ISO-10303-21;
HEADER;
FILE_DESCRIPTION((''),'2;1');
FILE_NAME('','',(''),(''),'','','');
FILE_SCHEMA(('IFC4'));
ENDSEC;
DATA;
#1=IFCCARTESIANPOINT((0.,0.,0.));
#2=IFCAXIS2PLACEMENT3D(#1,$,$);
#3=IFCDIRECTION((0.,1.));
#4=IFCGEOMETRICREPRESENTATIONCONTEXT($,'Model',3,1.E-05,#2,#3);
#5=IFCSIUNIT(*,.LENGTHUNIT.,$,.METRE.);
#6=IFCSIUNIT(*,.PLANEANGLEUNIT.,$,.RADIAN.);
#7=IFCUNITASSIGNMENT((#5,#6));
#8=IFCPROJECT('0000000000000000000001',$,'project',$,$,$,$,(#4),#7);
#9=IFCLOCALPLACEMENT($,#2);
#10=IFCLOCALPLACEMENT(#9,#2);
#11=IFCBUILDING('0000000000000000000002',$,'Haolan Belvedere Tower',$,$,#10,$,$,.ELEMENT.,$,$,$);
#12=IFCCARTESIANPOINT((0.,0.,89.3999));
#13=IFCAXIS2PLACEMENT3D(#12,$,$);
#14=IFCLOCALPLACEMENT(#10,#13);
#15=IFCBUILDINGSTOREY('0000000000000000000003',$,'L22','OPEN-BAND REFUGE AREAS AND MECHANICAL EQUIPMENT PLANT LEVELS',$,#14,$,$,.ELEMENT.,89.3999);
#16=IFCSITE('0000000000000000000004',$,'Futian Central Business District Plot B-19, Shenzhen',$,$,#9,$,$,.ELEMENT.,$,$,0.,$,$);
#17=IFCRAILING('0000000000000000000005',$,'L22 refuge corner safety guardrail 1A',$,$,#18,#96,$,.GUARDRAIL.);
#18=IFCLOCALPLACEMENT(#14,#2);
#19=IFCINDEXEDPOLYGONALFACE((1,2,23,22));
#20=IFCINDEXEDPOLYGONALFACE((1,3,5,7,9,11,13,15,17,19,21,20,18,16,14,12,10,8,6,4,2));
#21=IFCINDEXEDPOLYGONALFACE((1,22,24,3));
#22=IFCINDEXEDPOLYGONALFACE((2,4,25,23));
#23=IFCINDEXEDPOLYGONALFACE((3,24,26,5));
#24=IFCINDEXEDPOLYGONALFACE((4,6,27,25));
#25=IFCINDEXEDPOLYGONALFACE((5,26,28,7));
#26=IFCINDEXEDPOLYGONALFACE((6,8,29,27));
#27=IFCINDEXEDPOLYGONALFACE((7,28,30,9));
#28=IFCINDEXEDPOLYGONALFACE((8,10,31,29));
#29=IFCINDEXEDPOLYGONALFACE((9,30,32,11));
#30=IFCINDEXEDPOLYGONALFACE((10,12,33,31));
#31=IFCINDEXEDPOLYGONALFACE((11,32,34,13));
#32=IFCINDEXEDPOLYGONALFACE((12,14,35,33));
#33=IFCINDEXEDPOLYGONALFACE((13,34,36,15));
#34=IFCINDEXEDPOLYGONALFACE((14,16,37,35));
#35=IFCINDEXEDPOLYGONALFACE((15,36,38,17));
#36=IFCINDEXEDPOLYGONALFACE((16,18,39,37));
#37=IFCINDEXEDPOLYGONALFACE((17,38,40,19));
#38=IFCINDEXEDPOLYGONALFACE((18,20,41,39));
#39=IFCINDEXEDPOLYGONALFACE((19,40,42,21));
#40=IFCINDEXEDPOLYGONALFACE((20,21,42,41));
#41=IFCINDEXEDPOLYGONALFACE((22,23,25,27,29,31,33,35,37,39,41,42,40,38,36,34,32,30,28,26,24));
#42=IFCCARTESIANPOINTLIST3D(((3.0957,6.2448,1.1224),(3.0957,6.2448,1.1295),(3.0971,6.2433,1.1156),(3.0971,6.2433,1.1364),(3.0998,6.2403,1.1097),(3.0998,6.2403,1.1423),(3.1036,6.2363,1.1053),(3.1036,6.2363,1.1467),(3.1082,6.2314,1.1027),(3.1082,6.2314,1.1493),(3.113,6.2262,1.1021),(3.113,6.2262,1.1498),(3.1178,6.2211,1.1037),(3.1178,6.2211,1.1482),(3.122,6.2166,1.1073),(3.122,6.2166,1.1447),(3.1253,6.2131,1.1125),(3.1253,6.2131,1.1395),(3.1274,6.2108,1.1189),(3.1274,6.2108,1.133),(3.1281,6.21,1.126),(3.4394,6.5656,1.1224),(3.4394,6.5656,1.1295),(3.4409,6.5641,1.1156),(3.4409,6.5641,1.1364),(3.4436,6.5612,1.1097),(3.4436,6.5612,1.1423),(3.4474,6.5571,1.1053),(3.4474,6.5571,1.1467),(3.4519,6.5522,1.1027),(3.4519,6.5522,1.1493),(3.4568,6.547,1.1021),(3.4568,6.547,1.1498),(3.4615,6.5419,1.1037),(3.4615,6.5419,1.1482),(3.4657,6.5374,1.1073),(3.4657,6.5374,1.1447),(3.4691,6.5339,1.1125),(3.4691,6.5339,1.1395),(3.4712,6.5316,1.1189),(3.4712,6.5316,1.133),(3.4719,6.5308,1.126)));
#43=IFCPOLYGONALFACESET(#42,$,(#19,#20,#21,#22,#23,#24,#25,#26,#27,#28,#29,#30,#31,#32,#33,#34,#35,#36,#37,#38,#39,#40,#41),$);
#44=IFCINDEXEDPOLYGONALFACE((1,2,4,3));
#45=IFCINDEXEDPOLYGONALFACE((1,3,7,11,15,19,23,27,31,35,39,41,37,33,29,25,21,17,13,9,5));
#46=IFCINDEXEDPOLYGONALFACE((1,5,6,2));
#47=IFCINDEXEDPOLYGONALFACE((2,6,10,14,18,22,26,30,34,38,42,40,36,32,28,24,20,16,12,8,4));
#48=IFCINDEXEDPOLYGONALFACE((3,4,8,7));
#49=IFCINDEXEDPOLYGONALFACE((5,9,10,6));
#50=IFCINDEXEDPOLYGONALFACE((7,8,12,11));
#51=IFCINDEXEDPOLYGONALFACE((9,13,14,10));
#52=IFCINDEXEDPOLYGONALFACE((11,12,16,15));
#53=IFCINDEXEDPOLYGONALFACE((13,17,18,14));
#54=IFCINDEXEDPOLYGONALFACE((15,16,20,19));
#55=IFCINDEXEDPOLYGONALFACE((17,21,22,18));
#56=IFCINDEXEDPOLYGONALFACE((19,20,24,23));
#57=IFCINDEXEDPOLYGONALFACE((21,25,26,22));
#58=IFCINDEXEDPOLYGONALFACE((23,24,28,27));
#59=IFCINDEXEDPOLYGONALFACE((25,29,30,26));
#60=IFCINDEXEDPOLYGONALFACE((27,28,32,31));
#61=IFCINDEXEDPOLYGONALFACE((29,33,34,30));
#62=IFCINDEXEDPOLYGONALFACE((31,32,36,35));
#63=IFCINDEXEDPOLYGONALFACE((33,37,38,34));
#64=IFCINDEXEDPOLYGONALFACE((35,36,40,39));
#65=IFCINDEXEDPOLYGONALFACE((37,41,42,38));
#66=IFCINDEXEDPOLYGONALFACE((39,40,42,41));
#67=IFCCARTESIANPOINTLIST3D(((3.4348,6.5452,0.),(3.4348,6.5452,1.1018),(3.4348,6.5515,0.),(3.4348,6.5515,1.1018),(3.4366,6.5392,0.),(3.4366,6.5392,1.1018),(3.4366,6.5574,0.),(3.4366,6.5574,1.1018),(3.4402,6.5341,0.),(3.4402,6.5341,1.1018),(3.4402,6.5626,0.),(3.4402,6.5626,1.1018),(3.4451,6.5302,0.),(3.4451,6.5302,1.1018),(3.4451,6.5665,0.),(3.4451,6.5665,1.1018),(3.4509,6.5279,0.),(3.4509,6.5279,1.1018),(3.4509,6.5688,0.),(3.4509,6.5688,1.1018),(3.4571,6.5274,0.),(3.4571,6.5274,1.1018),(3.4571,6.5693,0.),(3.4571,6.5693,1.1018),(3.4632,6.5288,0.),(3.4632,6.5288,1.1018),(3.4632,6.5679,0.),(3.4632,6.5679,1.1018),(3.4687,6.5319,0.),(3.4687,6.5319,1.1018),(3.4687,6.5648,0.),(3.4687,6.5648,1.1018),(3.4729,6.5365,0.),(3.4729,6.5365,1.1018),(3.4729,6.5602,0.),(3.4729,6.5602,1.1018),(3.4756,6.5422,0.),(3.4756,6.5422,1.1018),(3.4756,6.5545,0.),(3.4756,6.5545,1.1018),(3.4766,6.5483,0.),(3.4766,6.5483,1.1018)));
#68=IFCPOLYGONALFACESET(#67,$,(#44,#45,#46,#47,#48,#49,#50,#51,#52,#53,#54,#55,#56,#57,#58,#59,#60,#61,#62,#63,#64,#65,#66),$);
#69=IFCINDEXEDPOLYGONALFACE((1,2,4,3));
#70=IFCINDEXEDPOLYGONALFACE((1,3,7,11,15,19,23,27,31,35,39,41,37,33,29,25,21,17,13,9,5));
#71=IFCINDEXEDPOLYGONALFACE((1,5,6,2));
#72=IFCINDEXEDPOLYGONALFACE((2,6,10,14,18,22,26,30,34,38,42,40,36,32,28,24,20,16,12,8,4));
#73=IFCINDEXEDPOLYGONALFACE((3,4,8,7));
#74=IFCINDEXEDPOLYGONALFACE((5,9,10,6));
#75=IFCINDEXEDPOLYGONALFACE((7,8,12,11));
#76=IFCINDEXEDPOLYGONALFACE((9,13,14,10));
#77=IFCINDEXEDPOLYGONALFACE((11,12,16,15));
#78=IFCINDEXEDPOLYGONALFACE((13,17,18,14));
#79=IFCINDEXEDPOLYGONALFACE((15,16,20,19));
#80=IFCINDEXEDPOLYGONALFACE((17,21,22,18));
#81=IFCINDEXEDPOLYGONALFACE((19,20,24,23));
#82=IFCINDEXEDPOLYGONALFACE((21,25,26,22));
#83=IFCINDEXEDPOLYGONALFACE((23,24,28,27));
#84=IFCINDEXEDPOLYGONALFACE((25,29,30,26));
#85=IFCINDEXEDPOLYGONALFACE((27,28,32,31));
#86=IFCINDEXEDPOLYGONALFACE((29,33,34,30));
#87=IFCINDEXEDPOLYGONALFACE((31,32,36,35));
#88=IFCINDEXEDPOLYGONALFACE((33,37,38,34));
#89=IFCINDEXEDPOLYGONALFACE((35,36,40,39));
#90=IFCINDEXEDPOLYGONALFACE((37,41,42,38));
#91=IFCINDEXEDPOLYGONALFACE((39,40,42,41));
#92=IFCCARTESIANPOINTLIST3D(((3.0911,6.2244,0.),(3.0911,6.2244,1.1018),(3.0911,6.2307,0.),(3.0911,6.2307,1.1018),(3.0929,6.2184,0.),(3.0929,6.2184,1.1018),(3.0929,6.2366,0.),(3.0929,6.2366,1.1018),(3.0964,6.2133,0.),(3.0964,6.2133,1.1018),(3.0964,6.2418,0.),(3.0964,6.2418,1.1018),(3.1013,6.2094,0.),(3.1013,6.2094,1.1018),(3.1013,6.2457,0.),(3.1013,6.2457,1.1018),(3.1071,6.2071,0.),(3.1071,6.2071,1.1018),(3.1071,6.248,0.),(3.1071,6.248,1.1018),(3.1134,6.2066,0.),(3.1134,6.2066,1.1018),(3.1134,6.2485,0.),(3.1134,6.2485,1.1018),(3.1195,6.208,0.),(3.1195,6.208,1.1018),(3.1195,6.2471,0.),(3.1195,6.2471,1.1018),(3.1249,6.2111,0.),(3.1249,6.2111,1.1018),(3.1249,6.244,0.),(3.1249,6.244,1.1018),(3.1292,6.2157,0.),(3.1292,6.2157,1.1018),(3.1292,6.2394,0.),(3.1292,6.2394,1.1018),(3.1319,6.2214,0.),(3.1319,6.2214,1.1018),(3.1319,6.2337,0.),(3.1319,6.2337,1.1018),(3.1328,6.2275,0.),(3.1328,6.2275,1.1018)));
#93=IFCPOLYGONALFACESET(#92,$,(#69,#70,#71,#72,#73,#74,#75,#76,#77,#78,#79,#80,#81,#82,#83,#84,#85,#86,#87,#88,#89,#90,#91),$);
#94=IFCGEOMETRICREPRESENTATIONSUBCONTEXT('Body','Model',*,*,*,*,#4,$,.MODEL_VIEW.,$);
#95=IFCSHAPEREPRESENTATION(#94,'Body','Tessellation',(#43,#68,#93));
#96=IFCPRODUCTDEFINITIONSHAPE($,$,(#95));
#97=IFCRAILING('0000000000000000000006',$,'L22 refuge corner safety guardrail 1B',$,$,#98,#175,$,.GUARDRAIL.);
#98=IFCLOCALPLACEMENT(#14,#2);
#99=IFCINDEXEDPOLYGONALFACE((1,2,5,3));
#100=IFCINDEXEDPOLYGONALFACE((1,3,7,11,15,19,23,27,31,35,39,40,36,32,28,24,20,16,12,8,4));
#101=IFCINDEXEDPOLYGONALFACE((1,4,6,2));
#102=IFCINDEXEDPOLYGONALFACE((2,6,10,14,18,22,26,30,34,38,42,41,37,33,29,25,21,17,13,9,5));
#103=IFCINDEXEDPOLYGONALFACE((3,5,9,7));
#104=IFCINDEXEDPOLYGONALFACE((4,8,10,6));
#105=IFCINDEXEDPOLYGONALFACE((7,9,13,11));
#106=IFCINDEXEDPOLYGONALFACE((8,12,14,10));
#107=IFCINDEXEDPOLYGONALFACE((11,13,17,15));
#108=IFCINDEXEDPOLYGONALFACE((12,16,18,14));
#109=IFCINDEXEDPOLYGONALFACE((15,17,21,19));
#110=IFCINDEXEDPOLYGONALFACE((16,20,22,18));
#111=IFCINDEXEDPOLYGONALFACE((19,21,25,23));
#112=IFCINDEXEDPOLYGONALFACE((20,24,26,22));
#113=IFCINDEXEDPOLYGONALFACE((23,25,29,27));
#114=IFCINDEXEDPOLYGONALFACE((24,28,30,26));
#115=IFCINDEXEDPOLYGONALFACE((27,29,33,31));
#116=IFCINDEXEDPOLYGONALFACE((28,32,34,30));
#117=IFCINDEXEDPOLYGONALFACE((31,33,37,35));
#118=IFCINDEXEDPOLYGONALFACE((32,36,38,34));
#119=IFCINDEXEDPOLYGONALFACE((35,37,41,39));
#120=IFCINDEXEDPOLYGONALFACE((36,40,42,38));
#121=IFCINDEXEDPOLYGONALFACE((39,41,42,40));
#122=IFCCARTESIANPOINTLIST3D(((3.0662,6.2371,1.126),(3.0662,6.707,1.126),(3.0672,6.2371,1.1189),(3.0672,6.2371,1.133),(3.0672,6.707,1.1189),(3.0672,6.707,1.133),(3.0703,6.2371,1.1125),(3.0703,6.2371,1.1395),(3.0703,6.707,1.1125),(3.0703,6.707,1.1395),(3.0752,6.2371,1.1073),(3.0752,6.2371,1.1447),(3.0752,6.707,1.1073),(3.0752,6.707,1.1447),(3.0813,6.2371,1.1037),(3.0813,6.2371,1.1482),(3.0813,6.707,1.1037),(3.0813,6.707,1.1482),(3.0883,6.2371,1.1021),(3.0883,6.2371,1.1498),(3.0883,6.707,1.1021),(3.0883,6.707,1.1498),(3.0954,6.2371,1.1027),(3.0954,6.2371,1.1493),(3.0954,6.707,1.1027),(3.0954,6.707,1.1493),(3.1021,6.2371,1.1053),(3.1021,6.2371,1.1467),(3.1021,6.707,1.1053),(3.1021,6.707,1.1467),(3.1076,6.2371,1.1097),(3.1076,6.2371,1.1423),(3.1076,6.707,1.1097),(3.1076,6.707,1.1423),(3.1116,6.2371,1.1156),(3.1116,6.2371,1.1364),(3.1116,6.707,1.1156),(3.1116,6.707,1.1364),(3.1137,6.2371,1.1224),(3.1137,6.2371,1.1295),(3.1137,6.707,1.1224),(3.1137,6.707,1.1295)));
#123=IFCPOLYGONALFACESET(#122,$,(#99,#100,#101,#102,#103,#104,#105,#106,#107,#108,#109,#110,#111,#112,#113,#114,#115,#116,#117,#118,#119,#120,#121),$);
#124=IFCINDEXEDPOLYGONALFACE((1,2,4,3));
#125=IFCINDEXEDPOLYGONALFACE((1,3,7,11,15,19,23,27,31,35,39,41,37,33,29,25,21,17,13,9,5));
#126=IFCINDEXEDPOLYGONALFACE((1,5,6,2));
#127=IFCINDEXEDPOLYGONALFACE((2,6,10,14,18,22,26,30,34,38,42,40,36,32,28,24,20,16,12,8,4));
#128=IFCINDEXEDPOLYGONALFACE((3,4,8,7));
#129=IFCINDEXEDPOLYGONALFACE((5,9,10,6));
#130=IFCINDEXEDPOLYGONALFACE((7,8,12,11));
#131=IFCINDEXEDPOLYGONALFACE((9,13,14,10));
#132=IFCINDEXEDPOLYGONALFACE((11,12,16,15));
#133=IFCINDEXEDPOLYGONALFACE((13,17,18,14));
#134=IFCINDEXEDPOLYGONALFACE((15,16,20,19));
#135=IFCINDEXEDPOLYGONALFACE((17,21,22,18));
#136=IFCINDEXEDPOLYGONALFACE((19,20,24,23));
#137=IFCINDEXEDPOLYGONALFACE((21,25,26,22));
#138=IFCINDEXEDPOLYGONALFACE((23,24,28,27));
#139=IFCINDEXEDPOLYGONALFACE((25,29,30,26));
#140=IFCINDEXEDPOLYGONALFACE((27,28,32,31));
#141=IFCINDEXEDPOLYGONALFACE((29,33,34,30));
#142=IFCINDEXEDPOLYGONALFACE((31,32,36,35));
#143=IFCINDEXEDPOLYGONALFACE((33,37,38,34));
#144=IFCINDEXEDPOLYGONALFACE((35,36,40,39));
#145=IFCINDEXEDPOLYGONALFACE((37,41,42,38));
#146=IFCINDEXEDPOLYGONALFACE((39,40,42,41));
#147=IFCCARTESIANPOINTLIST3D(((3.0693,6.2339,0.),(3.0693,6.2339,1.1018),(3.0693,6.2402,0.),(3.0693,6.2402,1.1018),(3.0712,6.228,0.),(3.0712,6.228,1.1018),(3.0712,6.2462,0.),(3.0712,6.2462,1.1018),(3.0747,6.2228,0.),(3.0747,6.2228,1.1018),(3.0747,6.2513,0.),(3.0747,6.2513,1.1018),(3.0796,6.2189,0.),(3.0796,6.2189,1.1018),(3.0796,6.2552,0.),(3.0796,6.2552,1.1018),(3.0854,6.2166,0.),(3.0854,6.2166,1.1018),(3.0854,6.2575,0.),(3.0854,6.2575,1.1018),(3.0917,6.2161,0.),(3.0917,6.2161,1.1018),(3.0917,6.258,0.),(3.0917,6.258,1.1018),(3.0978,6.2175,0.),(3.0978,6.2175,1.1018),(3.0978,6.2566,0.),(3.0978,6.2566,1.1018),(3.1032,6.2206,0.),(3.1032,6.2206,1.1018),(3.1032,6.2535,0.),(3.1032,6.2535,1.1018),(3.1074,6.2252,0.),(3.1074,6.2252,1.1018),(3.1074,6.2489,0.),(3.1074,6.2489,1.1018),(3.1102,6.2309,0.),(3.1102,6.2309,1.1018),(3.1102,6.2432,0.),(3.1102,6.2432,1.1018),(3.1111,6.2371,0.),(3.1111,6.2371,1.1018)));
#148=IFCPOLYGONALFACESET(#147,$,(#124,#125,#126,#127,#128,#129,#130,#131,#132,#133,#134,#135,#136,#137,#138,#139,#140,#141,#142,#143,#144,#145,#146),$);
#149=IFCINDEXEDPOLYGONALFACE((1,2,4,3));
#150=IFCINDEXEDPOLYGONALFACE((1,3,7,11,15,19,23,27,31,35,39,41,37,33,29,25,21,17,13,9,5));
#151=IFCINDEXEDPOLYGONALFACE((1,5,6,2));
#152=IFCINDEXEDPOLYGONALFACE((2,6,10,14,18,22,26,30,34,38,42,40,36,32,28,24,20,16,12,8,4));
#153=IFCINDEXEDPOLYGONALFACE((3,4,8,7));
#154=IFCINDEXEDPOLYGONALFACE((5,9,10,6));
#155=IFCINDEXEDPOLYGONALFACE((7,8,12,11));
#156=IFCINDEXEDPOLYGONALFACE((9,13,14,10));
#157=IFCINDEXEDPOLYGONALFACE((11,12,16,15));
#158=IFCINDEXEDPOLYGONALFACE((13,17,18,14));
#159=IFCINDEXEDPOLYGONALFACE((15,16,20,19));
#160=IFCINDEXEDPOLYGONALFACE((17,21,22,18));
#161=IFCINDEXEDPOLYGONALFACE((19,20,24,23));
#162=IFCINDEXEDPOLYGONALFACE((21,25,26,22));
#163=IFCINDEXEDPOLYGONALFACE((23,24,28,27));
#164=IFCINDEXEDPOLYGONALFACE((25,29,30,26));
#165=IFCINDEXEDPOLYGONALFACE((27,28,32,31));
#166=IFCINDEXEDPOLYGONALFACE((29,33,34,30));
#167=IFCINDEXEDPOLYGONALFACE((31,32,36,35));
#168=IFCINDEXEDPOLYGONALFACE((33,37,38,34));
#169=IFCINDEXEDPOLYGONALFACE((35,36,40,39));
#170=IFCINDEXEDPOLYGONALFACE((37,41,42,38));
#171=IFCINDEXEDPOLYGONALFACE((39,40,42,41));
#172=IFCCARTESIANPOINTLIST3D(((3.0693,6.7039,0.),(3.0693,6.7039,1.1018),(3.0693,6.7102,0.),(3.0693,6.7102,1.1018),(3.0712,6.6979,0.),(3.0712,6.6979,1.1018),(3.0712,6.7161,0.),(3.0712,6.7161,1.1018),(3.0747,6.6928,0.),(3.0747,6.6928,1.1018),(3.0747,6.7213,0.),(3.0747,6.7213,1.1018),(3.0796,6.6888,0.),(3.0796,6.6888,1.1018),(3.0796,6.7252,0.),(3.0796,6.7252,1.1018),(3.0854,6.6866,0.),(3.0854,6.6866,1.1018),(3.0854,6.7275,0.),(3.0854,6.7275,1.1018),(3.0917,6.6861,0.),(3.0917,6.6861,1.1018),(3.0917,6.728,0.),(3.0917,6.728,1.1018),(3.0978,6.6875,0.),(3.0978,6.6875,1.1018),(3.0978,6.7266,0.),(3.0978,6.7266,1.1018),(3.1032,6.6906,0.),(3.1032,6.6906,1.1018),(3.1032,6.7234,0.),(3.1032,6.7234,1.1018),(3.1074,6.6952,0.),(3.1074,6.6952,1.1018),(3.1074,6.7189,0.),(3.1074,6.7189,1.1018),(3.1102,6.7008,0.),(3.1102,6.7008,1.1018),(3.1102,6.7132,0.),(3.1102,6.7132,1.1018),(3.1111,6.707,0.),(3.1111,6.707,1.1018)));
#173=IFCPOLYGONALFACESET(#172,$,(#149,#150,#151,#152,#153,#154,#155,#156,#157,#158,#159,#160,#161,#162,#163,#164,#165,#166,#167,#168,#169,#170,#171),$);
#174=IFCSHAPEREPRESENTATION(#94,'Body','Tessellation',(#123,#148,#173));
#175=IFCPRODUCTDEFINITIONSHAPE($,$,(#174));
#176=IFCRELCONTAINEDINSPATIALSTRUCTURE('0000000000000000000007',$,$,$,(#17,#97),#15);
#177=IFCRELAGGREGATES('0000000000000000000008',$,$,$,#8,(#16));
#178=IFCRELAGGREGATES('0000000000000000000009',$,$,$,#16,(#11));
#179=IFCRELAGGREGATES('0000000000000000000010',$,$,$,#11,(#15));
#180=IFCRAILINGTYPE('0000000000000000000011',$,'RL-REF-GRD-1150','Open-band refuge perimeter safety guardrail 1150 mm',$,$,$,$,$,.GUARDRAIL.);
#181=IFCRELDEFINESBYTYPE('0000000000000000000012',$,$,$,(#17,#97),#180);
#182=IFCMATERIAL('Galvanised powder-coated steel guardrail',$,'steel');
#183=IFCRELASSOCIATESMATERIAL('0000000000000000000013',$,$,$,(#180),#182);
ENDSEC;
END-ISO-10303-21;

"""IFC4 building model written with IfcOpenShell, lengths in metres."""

from ifc_helpers import new_model, si_unit, direction, frame, origin, origin_2d, place, context, subcontext, project, spatial, circle, extrude, material, type_object, element, save


model = new_model("IFC4")

# Units and contexts
model_context = context("Model", 3, precision=1e-05, world=origin(), true_north=direction((0.0, 1.0)))
body_context = subcontext(model_context, "Body", "Model", "MODEL_VIEW")
ifc_project = project(units=[si_unit("LENGTHUNIT", "METRE"), si_unit("PLANEANGLEUNIT", "RADIAN")], contexts=[model_context])

# Site, building, storey
site_placement = place(None, origin())
site = spatial("IfcSite", under=ifc_project, at=site_placement, Name="Futian Central Business District Plot B-19, Shenzhen", CompositionType="ELEMENT", RefElevation=0.0)
building_placement = place(site_placement, origin())
building = spatial("IfcBuilding", under=site, at=building_placement, Name="Haolan Belvedere Tower", CompositionType="ELEMENT")
storey_placement = place(building_placement, frame((0.0, 0.0, 89.3999)))
storey = spatial("IfcBuildingStorey", under=building, at=storey_placement, Name="L22", Description="OPEN-BAND REFUGE AREAS AND MECHANICAL EQUIPMENT PLANT LEVELS", CompositionType="ELEMENT", Elevation=89.3999)

# Railings
ifc_material_1 = material(Name="Galvanised powder-coated steel guardrail", Category="steel")
railing_type = type_object("IfcRailingType", Name="RL-REF-GRD-1150", Description="Open-band refuge perimeter safety guardrail 1150 mm", PredefinedType="GUARDRAIL", material=ifc_material_1)
railing_1_placement = place(storey_placement, frame((3.4556, 6.5483, 0.0)))
element("IfcRailing", 1, at=railing_1_placement, inside=storey, type_object=railing_type, Name="L22 refuge corner safety guardrail 1A", PredefinedType="GUARDRAIL", context=body_context, shape_type="SweptSolid", body=[
    extrude(circle(Radius=0.0239, at=origin_2d()), frame((0.0, 0.0, 1.126), z_axis=(-0.73109, -0.682281, 0.0), x_axis=(0.682281, -0.73109, 0.0)), (0.0, 0.0, 1.0), 0.4702),
    extrude(circle(Radius=0.021, at=origin_2d()), origin(), (0.0, 0.0, 1.0), 1.1018),
    extrude(circle(Radius=0.021, at=origin_2d()), frame((-0.3438, -0.3208, 0.0)), (0.0, 0.0, 1.0), 1.1018),
])
railing_2_placement = place(storey_placement, frame((3.0901, 6.2371, 0.0)))
element("IfcRailing", 2, at=railing_2_placement, inside=storey, type_object=railing_type, Name="L22 refuge corner safety guardrail 1B", PredefinedType="GUARDRAIL", context=body_context, shape_type="SweptSolid", body=[
    extrude(circle(Radius=0.0239, at=origin_2d()), frame((0.0, 0.0, 1.126), z_axis=(0.0, 1.0, 0.0), x_axis=(-1.0, 0.0, 0.0)), (0.0, 0.0, 1.0), 0.47),
    extrude(circle(Radius=0.021, at=origin_2d()), origin(), (0.0, 0.0, 1.0), 1.1018),
    extrude(circle(Radius=0.021, at=origin_2d()), frame((0.0, 0.47, 0.0)), (0.0, 0.0, 1.0), 1.1018),
])

save(model, "model.ifc")
